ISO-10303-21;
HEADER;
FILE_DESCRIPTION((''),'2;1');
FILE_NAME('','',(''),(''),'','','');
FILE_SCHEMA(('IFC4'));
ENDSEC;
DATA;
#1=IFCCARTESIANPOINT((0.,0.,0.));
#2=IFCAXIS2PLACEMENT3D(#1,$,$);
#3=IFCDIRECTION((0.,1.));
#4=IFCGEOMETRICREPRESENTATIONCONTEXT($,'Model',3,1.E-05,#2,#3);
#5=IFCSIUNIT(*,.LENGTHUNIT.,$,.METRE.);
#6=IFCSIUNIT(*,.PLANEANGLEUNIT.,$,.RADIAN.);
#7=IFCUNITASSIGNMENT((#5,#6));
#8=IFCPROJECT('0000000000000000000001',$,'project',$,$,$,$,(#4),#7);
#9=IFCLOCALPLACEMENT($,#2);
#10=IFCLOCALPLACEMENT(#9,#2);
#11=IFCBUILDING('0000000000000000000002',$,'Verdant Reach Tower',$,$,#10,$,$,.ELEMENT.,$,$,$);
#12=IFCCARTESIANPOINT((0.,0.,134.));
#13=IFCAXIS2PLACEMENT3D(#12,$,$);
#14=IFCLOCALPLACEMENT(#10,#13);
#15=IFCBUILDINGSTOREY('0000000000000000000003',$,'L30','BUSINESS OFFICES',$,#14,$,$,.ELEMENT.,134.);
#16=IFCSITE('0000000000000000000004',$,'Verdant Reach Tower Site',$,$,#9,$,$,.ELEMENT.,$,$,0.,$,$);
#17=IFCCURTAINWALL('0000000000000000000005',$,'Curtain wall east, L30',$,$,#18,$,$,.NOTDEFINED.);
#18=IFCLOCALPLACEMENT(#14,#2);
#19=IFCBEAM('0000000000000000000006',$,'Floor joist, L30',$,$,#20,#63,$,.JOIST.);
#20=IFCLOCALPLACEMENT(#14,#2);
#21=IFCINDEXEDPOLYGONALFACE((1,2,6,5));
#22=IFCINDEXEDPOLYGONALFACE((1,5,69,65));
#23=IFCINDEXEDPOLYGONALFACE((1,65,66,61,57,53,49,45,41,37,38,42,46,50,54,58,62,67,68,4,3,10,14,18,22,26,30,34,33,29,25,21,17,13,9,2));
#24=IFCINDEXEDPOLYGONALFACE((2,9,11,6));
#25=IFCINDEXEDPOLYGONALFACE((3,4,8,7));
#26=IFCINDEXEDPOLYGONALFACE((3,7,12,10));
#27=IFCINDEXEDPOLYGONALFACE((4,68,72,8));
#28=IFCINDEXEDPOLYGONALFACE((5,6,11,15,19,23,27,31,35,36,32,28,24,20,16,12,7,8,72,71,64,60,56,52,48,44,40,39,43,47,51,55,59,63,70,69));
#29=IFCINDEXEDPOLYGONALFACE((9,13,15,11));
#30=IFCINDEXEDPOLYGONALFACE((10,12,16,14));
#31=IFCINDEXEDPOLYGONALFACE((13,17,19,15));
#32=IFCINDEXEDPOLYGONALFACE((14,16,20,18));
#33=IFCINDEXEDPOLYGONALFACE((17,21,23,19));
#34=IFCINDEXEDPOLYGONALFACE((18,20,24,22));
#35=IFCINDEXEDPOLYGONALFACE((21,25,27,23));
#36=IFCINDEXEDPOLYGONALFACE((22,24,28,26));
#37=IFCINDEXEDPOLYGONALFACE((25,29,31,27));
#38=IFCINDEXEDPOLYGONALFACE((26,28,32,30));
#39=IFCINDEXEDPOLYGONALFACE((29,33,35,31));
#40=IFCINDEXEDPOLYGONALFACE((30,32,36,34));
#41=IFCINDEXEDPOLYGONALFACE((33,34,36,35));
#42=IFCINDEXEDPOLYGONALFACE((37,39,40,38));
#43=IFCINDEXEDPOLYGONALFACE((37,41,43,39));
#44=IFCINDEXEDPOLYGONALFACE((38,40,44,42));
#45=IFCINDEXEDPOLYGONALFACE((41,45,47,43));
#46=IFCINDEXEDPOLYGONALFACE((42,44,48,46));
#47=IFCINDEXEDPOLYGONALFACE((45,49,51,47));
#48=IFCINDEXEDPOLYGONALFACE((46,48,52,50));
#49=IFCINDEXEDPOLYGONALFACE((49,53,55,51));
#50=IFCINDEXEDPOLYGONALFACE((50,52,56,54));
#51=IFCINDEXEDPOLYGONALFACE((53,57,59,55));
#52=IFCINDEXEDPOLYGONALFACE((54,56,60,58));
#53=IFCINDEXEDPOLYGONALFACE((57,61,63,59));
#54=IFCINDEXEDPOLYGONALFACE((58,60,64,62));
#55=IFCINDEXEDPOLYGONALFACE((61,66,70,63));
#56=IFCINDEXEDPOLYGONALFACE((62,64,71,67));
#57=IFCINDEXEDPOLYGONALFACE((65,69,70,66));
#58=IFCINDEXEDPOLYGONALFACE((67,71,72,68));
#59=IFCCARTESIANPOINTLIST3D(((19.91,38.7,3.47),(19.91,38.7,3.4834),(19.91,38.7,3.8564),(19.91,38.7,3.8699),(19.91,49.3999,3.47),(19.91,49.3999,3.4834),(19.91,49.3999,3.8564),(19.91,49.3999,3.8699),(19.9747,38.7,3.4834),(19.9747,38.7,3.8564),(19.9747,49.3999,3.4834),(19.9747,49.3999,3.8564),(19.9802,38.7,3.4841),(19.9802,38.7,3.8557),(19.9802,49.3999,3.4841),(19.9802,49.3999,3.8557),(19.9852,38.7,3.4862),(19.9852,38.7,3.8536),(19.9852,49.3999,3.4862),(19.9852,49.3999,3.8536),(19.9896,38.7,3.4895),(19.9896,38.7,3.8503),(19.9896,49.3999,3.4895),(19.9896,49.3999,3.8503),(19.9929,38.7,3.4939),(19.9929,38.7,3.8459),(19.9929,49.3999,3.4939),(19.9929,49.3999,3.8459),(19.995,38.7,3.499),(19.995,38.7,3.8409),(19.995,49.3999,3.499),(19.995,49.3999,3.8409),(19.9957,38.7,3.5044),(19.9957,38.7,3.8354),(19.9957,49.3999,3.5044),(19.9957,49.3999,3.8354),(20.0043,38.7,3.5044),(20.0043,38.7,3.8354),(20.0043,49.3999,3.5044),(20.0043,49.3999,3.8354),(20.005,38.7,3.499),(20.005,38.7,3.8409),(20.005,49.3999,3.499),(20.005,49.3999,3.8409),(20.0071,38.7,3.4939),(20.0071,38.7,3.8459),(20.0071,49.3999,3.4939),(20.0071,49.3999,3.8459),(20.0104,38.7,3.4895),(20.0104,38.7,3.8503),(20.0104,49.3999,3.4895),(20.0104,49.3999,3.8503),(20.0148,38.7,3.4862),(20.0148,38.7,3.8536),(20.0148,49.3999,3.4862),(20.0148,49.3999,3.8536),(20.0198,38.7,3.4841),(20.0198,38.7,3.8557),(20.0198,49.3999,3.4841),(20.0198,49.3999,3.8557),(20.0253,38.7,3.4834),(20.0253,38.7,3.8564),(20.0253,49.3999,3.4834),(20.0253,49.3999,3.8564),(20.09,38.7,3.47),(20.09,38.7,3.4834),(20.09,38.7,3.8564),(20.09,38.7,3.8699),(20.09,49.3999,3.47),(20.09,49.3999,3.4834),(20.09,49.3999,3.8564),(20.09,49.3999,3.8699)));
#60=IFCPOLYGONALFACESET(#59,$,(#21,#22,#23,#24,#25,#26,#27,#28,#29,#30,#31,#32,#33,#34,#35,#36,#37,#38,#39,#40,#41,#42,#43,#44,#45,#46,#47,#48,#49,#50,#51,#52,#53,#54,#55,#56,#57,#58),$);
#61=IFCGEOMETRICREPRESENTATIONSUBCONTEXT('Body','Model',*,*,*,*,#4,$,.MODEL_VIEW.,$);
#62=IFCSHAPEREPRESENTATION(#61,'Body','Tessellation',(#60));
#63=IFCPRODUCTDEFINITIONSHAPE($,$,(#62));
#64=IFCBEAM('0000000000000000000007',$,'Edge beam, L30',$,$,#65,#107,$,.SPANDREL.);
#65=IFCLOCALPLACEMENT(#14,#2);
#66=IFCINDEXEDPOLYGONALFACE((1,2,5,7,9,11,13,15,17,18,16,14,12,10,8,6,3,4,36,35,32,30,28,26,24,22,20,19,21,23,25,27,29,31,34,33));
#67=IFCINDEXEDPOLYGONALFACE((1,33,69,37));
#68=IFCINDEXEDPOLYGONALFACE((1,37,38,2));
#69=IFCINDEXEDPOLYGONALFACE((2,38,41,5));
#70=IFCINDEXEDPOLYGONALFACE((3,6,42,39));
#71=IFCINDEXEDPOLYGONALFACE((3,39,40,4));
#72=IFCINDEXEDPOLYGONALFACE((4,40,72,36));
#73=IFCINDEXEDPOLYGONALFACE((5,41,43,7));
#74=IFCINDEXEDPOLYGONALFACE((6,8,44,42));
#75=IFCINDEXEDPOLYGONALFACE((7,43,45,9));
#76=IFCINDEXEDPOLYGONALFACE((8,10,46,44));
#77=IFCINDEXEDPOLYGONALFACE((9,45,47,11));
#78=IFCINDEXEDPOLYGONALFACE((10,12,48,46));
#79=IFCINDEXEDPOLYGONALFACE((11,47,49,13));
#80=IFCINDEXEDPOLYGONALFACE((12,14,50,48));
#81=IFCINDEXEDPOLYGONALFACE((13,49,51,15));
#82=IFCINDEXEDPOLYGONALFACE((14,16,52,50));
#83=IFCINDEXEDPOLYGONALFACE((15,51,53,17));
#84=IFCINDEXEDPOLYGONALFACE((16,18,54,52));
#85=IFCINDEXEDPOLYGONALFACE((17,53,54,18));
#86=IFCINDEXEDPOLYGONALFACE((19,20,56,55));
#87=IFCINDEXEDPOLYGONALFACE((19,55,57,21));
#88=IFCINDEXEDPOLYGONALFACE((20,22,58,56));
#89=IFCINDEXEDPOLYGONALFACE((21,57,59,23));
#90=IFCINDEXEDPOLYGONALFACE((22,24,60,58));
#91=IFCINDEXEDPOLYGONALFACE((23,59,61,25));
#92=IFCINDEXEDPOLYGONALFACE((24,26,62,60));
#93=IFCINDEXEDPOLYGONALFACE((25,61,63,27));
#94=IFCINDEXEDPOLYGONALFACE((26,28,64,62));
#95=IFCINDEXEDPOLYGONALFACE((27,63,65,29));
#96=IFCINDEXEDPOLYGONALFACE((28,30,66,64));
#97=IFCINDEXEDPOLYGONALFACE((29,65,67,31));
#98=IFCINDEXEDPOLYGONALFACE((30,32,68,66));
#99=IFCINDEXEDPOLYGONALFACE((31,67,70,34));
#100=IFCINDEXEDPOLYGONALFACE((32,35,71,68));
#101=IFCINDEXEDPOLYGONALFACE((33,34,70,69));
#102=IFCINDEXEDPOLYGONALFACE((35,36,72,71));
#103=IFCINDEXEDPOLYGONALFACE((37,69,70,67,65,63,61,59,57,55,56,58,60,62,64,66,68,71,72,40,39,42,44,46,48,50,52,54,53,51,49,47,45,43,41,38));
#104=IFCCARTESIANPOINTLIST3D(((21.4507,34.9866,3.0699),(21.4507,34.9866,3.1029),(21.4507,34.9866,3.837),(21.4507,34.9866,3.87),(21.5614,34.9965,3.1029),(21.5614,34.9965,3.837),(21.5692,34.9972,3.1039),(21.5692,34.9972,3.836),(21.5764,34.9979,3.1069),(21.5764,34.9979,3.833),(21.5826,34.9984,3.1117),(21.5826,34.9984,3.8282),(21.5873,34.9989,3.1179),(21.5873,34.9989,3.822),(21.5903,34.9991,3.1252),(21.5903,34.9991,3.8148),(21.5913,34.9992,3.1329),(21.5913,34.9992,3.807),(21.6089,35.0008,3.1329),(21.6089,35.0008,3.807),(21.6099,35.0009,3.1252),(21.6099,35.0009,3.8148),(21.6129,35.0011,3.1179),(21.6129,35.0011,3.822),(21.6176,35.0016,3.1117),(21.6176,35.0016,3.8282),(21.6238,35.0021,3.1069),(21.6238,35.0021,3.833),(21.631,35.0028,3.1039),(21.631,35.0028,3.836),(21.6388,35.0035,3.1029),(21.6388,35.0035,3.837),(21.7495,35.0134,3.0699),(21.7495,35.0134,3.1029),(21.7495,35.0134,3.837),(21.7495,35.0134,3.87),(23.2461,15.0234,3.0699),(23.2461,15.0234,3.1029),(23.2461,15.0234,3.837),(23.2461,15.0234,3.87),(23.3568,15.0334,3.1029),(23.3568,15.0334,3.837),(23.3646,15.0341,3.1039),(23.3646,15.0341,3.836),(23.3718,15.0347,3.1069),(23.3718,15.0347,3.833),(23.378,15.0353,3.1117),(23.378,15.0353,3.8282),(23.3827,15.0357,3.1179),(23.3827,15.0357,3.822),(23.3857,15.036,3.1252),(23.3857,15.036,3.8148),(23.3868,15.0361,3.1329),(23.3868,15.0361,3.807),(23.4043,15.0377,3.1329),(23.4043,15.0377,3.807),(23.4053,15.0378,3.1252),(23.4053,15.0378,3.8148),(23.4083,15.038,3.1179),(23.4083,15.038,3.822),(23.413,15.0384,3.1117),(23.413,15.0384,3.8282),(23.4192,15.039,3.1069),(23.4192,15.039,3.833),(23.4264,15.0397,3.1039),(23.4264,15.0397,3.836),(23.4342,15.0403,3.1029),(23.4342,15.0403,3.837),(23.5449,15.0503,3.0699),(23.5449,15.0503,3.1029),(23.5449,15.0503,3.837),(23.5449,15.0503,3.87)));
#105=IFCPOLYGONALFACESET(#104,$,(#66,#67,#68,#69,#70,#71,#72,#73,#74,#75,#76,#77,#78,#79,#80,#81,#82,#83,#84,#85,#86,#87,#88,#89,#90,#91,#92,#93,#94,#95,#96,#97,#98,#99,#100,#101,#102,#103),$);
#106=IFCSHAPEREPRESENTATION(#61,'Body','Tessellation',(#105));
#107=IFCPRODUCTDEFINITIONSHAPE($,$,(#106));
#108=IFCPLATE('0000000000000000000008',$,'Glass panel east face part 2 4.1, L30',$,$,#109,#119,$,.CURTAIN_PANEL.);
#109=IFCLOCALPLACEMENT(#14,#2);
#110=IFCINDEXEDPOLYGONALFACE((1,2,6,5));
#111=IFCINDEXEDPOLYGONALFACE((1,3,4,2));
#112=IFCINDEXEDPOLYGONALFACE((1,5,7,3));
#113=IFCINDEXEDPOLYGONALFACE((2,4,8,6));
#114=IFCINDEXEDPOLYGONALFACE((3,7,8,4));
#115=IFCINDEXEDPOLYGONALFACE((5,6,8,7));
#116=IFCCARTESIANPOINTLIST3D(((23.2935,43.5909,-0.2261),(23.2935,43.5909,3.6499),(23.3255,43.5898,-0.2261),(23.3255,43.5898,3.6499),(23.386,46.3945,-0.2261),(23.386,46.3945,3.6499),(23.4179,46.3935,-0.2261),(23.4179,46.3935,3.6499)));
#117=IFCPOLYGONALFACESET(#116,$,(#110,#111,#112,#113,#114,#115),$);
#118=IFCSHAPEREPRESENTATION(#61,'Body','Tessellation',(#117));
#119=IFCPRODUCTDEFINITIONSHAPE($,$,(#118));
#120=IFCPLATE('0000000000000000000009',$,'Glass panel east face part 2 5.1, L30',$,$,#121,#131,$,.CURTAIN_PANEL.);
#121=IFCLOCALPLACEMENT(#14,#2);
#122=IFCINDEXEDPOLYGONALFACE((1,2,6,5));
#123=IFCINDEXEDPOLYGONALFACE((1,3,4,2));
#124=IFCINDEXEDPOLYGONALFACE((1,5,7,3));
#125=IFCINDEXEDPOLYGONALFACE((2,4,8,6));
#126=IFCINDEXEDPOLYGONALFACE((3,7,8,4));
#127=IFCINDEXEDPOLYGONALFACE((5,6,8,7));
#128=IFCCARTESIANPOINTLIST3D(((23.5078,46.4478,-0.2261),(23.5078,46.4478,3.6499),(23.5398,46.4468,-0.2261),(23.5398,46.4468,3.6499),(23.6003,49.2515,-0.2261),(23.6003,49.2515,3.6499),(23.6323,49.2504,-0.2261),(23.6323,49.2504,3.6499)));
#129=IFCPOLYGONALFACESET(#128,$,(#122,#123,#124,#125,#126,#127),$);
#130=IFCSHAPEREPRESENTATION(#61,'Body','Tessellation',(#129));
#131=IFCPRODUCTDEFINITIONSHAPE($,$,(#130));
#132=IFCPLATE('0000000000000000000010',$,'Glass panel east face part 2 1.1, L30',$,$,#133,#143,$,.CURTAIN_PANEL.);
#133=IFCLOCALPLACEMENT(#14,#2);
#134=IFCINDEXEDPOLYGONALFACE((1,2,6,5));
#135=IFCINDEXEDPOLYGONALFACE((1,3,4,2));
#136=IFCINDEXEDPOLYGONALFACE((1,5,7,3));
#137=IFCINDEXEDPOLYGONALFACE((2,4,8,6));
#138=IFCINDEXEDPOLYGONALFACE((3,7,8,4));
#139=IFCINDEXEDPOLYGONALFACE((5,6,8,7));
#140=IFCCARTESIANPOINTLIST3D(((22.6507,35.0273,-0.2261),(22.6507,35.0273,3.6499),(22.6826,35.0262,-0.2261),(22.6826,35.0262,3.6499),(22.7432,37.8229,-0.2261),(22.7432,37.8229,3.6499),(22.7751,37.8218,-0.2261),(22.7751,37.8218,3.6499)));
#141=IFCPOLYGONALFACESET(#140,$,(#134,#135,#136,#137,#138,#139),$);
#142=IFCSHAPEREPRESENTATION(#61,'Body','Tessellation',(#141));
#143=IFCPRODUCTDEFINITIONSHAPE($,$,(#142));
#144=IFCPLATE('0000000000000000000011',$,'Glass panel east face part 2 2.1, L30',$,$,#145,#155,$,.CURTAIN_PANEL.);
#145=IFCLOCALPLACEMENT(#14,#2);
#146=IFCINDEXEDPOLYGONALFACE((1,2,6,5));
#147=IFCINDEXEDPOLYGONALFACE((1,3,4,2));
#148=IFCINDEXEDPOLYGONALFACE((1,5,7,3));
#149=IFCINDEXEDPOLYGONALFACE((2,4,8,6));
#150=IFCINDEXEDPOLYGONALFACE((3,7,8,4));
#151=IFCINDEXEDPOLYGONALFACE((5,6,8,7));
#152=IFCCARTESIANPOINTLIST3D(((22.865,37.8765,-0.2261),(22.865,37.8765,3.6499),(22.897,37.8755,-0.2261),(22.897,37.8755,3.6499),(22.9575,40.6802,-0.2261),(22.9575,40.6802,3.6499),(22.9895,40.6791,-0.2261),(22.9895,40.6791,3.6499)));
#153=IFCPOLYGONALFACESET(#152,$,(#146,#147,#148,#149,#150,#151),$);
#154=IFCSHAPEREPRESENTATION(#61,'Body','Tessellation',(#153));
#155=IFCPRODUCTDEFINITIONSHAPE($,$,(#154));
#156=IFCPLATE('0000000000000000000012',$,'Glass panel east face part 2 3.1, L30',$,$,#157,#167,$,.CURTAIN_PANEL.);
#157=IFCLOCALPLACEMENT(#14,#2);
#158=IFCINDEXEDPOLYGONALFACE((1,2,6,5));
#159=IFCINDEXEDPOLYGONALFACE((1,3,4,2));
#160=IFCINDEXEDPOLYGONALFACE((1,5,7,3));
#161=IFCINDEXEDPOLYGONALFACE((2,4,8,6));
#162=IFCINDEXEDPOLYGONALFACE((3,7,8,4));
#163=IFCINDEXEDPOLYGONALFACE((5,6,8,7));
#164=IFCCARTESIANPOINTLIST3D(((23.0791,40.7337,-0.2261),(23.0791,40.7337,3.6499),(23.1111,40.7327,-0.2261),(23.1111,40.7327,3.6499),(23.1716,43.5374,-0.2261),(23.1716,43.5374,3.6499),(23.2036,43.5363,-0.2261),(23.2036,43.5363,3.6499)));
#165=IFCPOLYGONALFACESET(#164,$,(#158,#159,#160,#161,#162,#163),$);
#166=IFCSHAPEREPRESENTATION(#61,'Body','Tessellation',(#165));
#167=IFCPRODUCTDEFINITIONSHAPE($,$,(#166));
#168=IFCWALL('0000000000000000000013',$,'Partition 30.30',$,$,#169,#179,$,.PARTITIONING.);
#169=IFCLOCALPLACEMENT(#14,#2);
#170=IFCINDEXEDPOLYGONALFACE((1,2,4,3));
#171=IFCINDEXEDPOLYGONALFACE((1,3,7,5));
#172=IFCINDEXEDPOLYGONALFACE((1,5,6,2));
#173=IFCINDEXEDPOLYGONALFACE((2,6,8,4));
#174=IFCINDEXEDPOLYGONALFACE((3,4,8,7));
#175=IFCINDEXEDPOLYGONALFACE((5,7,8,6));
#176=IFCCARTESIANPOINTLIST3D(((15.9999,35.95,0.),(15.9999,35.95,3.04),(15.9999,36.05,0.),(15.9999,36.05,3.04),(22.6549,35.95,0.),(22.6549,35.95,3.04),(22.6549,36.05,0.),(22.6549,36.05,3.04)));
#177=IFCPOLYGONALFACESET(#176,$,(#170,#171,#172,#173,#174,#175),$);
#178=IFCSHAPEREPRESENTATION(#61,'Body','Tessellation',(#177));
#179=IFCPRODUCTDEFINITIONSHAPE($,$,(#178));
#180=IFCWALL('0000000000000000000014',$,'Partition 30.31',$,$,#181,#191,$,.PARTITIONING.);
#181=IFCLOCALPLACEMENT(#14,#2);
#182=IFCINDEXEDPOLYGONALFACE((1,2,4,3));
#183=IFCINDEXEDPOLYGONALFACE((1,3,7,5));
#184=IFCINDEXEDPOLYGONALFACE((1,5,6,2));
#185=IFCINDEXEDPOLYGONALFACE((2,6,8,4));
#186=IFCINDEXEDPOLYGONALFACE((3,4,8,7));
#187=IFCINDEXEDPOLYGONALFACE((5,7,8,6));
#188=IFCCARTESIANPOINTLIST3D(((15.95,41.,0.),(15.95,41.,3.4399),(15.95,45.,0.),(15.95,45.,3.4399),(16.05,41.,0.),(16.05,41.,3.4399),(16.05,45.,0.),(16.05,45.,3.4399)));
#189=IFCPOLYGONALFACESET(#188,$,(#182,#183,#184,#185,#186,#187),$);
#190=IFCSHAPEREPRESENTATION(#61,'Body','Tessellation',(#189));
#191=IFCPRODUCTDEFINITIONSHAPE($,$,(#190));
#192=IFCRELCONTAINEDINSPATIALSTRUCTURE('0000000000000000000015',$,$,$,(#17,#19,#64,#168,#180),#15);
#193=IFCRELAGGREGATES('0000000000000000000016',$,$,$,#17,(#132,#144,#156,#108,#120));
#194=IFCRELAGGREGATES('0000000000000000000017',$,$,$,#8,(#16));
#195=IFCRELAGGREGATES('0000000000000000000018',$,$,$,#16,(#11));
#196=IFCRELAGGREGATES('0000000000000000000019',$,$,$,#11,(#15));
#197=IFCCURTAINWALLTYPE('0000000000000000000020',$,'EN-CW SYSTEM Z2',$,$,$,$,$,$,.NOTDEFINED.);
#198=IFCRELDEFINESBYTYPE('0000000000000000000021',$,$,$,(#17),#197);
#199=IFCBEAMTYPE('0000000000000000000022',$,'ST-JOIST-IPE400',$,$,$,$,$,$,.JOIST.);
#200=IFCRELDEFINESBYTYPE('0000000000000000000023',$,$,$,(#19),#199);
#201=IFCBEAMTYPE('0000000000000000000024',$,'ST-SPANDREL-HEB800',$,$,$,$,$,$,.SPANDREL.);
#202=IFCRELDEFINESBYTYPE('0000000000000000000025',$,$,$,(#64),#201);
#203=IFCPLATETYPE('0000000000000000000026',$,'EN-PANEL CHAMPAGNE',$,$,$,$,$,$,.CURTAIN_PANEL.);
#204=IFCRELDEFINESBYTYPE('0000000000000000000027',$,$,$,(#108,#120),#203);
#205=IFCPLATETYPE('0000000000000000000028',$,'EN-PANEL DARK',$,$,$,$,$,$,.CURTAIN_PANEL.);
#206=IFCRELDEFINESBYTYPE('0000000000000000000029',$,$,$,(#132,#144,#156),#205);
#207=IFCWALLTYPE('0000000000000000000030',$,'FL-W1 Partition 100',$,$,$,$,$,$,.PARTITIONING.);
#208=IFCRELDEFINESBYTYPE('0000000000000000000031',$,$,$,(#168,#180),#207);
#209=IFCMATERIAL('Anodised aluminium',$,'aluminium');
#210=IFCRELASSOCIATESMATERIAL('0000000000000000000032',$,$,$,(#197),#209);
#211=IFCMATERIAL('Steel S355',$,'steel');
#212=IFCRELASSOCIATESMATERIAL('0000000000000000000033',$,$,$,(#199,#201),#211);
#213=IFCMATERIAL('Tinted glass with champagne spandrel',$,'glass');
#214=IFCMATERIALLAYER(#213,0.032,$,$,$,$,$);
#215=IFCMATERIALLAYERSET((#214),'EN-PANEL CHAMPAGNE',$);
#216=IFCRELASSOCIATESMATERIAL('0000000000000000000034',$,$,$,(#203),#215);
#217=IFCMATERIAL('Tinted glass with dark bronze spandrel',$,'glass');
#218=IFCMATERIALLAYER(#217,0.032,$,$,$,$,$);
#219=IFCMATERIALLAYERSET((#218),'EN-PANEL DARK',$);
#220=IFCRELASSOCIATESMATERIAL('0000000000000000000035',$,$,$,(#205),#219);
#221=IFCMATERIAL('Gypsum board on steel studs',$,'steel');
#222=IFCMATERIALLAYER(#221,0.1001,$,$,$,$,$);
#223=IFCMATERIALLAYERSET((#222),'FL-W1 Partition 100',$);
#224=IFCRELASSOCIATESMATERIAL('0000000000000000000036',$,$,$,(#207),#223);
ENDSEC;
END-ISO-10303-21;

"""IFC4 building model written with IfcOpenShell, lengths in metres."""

from ifc_helpers import new_model, si_unit, direction, frame, frame_2d, origin, origin_2d, place, context, subcontext, project, spatial, rectangle, i_section, extrude, material, layer, layer_set, material_profile, profile_set, type_object, element, aggregate, save


model = new_model("IFC4")

# Units and contexts
model_context = context("Model", 3, precision=1e-05, world=origin(), true_north=direction((0.0, 1.0)))
body_context = subcontext(model_context, "Body", "Model", "MODEL_VIEW")
ifc_project = project(units=[si_unit("LENGTHUNIT", "METRE"), si_unit("PLANEANGLEUNIT", "RADIAN")], contexts=[model_context])

# Site, building, storey
site_placement = place(None, origin())
site = spatial("IfcSite", under=ifc_project, at=site_placement, Name="Verdant Reach Tower Site", CompositionType="ELEMENT", RefElevation=0.0)
building_placement = place(site_placement, origin())
building = spatial("IfcBuilding", under=site, at=building_placement, Name="Verdant Reach Tower", CompositionType="ELEMENT")
storey_placement = place(building_placement, frame((0.0, 0.0, 134.0)))
storey = spatial("IfcBuildingStorey", under=building, at=storey_placement, Name="L30", Description="BUSINESS OFFICES", CompositionType="ELEMENT", Elevation=134.0)

# Curtain wall
ifc_material_1 = material(Name="Anodised aluminium", Category="aluminium")
curtain_wall_type = type_object("IfcCurtainWallType", Name="EN-CW SYSTEM Z2", PredefinedType="NOTDEFINED", material=ifc_material_1)
curtain_wall_placement = place(storey_placement, origin())
curtain_wall = element("IfcCurtainWall", 1, at=curtain_wall_placement, inside=storey, type_object=curtain_wall_type, Name="Curtain wall east, L30", PredefinedType="NOTDEFINED")

# Beams
ifc_material_2 = material(Name="Steel S355", Category="steel")
ifc_material_profile_1 = material_profile(ifc_material_2, i_section(OverallWidth=0.1799, OverallDepth=0.3999, WebThickness=0.0085, FlangeThickness=0.0134, FilletRadius=0.021, at=origin_2d()), Name="IPE 400")
ifc_profile_set_1 = profile_set([ifc_material_profile_1], Name="Steel S355")
beam_type_1 = type_object("IfcBeamType", Name="ST-JOIST-IPE400", PredefinedType="JOIST", material=ifc_profile_set_1)
for number, where, z_axis, x_axis, name in (
    (2, (20.0, 38.7, 3.6699), (0.0, 1.0, 0.0), (-1.0, 0.0, 0.0), "Floor joist, L30"),
):
    element("IfcBeam", number, at=place(storey_placement, frame(where, z_axis=z_axis, x_axis=x_axis)), inside=storey, type_object=beam_type_1, Name=name, PredefinedType="JOIST", context=body_context, shape_type="SweptSolid", body=[
        extrude(i_section(OverallWidth=0.1799, OverallDepth=0.3999, WebThickness=0.0085, FlangeThickness=0.0134, FilletRadius=0.021, at=origin_2d()), origin(), (0.0, 0.0, 1.0), 10.7),
    ])
ifc_material_profile_2 = material_profile(ifc_material_2, i_section(OverallWidth=0.3, OverallDepth=0.8, WebThickness=0.0176, FlangeThickness=0.033, FilletRadius=0.03, at=origin_2d()), Name="HEB 800")
ifc_profile_set_2 = profile_set([ifc_material_profile_2], Name="Steel S355")
beam_type_2 = type_object("IfcBeamType", Name="ST-SPANDREL-HEB800", PredefinedType="SPANDREL", material=ifc_profile_set_2)
beam_1_placement = place(storey_placement, frame((21.6001, 35.0, 3.47), z_axis=(0.089575, -0.99598, 0.0), x_axis=(0.99598, 0.089575, 0.0)))
element("IfcBeam", 3, at=beam_1_placement, inside=storey, type_object=beam_type_2, Name="Edge beam, L30", PredefinedType="SPANDREL", context=body_context, shape_type="SweptSolid", body=[
    extrude(i_section(OverallWidth=0.3, OverallDepth=0.8, WebThickness=0.0176, FlangeThickness=0.033, FilletRadius=0.03, at=origin_2d()), origin(), (0.0, 0.0, 1.0), 20.0437),
])

# Plates
ifc_material_3 = material(Name="Tinted glass with champagne spandrel", Category="glass")
ifc_layer_1 = layer(ifc_material_3, 0.032)
ifc_layer_set_1 = layer_set([ifc_layer_1], Name="EN-PANEL CHAMPAGNE")
plate_type_1 = type_object("IfcPlateType", Name="EN-PANEL CHAMPAGNE", PredefinedType="CURTAIN_PANEL", material=ifc_layer_set_1)
plate_1_placement = place(storey_placement, frame((23.3557, 44.9922, -0.2261), z_axis=(0.0, 0.0, 1.0), x_axis=(0.032966, 0.999456, 0.0)))
plate_1 = element("IfcPlate", 4, at=plate_1_placement, type_object=plate_type_1, Name="Glass panel east face part 2 4.1, L30", PredefinedType="CURTAIN_PANEL", context=body_context, shape_type="SweptSolid", body=[
    extrude(rectangle(XDim=2.8052, YDim=0.032, at=origin_2d()), origin(), (0.0, 0.0, 1.0), 3.876),
])
plate_2_placement = place(storey_placement, frame((23.5701, 47.8491, -0.2261), z_axis=(0.0, 0.0, 1.0), x_axis=(0.032966, 0.999456, 0.0)))
plate_2 = element("IfcPlate", 5, at=plate_2_placement, type_object=plate_type_1, Name="Glass panel east face part 2 5.1, L30", PredefinedType="CURTAIN_PANEL", context=body_context, shape_type="SweptSolid", body=[
    extrude(rectangle(XDim=2.8052, YDim=0.032, at=origin_2d()), origin(), (0.0, 0.0, 1.0), 3.876),
])
ifc_material_4 = material(Name="Tinted glass with dark bronze spandrel", Category="glass")
ifc_layer_2 = layer(ifc_material_4, 0.032)
ifc_layer_set_2 = layer_set([ifc_layer_2], Name="EN-PANEL DARK")
plate_type_2 = type_object("IfcPlateType", Name="EN-PANEL DARK", PredefinedType="CURTAIN_PANEL", material=ifc_layer_set_2)
plate_3_placement = place(storey_placement, frame((22.7129, 36.4246, -0.2261), z_axis=(0.0, 0.0, 1.0), x_axis=(0.03307, 0.999453, 0.0)))
plate_3 = element("IfcPlate", 6, at=plate_3_placement, type_object=plate_type_2, Name="Glass panel east face part 2 1.1, L30", PredefinedType="CURTAIN_PANEL", context=body_context, shape_type="SweptSolid", body=[
    extrude(rectangle(XDim=2.7971, YDim=0.032, at=origin_2d()), origin(), (0.0, 0.0, 1.0), 3.876),
])
plate_4_placement = place(storey_placement, frame((22.9272, 39.2778, -0.2261), z_axis=(0.0, 0.0, 1.0), x_axis=(0.032966, 0.999456, 0.0)))
plate_4 = element("IfcPlate", 7, at=plate_4_placement, type_object=plate_type_2, Name="Glass panel east face part 2 2.1, L30", PredefinedType="CURTAIN_PANEL", context=body_context, shape_type="SweptSolid", body=[
    extrude(rectangle(XDim=2.8052, YDim=0.032, at=origin_2d()), origin(), (0.0, 0.0, 1.0), 3.876),
])
plate_5_placement = place(storey_placement, frame((23.1414, 42.135, -0.2261), z_axis=(0.0, 0.0, 1.0), x_axis=(0.032966, 0.999456, 0.0)))
plate_5 = element("IfcPlate", 8, at=plate_5_placement, type_object=plate_type_2, Name="Glass panel east face part 2 3.1, L30", PredefinedType="CURTAIN_PANEL", context=body_context, shape_type="SweptSolid", body=[
    extrude(rectangle(XDim=2.8052, YDim=0.032, at=origin_2d()), origin(), (0.0, 0.0, 1.0), 3.876),
])
aggregate(curtain_wall, [plate_3, plate_4, plate_5, plate_1, plate_2])

# Walls
ifc_material_5 = material(Name="Gypsum board on steel studs", Category="steel")
ifc_layer_3 = layer(ifc_material_5, 0.1001)
ifc_layer_set_3 = layer_set([ifc_layer_3], Name="FL-W1 Partition 100")
wall_type_1 = type_object("IfcWallType", Name="FL-W1 Partition 100", PredefinedType="PARTITIONING", material=ifc_layer_set_3)
wall_1_placement = place(storey_placement, frame((22.655, 36.0, 0.0), z_axis=(0.0, 0.0, 1.0), x_axis=(-1.0, 0.0, 0.0)))
element("IfcWall", 9, at=wall_1_placement, inside=storey, type_object=wall_type_1, Name="Partition 30.30", PredefinedType="PARTITIONING", context=body_context, shape_type="SweptSolid", body=[
    extrude(rectangle(XDim=6.655, YDim=0.1001, at=frame_2d((3.3276, 0.0))), origin(), (0.0, 0.0, 1.0), 3.04),
])
wall_2_placement = place(storey_placement, frame((16.0, 45.0, 0.0), z_axis=(0.0, 0.0, 1.0), x_axis=(0.0, -1.0, 0.0)))
element("IfcWall", 10, at=wall_2_placement, inside=storey, type_object=wall_type_1, Name="Partition 30.31", PredefinedType="PARTITIONING", context=body_context, shape_type="SweptSolid", body=[
    extrude(rectangle(XDim=4.0, YDim=0.1001, at=frame_2d((2.0, 0.0))), origin(), (0.0, 0.0, 1.0), 3.4399),
])

save(model, "model.ifc")
